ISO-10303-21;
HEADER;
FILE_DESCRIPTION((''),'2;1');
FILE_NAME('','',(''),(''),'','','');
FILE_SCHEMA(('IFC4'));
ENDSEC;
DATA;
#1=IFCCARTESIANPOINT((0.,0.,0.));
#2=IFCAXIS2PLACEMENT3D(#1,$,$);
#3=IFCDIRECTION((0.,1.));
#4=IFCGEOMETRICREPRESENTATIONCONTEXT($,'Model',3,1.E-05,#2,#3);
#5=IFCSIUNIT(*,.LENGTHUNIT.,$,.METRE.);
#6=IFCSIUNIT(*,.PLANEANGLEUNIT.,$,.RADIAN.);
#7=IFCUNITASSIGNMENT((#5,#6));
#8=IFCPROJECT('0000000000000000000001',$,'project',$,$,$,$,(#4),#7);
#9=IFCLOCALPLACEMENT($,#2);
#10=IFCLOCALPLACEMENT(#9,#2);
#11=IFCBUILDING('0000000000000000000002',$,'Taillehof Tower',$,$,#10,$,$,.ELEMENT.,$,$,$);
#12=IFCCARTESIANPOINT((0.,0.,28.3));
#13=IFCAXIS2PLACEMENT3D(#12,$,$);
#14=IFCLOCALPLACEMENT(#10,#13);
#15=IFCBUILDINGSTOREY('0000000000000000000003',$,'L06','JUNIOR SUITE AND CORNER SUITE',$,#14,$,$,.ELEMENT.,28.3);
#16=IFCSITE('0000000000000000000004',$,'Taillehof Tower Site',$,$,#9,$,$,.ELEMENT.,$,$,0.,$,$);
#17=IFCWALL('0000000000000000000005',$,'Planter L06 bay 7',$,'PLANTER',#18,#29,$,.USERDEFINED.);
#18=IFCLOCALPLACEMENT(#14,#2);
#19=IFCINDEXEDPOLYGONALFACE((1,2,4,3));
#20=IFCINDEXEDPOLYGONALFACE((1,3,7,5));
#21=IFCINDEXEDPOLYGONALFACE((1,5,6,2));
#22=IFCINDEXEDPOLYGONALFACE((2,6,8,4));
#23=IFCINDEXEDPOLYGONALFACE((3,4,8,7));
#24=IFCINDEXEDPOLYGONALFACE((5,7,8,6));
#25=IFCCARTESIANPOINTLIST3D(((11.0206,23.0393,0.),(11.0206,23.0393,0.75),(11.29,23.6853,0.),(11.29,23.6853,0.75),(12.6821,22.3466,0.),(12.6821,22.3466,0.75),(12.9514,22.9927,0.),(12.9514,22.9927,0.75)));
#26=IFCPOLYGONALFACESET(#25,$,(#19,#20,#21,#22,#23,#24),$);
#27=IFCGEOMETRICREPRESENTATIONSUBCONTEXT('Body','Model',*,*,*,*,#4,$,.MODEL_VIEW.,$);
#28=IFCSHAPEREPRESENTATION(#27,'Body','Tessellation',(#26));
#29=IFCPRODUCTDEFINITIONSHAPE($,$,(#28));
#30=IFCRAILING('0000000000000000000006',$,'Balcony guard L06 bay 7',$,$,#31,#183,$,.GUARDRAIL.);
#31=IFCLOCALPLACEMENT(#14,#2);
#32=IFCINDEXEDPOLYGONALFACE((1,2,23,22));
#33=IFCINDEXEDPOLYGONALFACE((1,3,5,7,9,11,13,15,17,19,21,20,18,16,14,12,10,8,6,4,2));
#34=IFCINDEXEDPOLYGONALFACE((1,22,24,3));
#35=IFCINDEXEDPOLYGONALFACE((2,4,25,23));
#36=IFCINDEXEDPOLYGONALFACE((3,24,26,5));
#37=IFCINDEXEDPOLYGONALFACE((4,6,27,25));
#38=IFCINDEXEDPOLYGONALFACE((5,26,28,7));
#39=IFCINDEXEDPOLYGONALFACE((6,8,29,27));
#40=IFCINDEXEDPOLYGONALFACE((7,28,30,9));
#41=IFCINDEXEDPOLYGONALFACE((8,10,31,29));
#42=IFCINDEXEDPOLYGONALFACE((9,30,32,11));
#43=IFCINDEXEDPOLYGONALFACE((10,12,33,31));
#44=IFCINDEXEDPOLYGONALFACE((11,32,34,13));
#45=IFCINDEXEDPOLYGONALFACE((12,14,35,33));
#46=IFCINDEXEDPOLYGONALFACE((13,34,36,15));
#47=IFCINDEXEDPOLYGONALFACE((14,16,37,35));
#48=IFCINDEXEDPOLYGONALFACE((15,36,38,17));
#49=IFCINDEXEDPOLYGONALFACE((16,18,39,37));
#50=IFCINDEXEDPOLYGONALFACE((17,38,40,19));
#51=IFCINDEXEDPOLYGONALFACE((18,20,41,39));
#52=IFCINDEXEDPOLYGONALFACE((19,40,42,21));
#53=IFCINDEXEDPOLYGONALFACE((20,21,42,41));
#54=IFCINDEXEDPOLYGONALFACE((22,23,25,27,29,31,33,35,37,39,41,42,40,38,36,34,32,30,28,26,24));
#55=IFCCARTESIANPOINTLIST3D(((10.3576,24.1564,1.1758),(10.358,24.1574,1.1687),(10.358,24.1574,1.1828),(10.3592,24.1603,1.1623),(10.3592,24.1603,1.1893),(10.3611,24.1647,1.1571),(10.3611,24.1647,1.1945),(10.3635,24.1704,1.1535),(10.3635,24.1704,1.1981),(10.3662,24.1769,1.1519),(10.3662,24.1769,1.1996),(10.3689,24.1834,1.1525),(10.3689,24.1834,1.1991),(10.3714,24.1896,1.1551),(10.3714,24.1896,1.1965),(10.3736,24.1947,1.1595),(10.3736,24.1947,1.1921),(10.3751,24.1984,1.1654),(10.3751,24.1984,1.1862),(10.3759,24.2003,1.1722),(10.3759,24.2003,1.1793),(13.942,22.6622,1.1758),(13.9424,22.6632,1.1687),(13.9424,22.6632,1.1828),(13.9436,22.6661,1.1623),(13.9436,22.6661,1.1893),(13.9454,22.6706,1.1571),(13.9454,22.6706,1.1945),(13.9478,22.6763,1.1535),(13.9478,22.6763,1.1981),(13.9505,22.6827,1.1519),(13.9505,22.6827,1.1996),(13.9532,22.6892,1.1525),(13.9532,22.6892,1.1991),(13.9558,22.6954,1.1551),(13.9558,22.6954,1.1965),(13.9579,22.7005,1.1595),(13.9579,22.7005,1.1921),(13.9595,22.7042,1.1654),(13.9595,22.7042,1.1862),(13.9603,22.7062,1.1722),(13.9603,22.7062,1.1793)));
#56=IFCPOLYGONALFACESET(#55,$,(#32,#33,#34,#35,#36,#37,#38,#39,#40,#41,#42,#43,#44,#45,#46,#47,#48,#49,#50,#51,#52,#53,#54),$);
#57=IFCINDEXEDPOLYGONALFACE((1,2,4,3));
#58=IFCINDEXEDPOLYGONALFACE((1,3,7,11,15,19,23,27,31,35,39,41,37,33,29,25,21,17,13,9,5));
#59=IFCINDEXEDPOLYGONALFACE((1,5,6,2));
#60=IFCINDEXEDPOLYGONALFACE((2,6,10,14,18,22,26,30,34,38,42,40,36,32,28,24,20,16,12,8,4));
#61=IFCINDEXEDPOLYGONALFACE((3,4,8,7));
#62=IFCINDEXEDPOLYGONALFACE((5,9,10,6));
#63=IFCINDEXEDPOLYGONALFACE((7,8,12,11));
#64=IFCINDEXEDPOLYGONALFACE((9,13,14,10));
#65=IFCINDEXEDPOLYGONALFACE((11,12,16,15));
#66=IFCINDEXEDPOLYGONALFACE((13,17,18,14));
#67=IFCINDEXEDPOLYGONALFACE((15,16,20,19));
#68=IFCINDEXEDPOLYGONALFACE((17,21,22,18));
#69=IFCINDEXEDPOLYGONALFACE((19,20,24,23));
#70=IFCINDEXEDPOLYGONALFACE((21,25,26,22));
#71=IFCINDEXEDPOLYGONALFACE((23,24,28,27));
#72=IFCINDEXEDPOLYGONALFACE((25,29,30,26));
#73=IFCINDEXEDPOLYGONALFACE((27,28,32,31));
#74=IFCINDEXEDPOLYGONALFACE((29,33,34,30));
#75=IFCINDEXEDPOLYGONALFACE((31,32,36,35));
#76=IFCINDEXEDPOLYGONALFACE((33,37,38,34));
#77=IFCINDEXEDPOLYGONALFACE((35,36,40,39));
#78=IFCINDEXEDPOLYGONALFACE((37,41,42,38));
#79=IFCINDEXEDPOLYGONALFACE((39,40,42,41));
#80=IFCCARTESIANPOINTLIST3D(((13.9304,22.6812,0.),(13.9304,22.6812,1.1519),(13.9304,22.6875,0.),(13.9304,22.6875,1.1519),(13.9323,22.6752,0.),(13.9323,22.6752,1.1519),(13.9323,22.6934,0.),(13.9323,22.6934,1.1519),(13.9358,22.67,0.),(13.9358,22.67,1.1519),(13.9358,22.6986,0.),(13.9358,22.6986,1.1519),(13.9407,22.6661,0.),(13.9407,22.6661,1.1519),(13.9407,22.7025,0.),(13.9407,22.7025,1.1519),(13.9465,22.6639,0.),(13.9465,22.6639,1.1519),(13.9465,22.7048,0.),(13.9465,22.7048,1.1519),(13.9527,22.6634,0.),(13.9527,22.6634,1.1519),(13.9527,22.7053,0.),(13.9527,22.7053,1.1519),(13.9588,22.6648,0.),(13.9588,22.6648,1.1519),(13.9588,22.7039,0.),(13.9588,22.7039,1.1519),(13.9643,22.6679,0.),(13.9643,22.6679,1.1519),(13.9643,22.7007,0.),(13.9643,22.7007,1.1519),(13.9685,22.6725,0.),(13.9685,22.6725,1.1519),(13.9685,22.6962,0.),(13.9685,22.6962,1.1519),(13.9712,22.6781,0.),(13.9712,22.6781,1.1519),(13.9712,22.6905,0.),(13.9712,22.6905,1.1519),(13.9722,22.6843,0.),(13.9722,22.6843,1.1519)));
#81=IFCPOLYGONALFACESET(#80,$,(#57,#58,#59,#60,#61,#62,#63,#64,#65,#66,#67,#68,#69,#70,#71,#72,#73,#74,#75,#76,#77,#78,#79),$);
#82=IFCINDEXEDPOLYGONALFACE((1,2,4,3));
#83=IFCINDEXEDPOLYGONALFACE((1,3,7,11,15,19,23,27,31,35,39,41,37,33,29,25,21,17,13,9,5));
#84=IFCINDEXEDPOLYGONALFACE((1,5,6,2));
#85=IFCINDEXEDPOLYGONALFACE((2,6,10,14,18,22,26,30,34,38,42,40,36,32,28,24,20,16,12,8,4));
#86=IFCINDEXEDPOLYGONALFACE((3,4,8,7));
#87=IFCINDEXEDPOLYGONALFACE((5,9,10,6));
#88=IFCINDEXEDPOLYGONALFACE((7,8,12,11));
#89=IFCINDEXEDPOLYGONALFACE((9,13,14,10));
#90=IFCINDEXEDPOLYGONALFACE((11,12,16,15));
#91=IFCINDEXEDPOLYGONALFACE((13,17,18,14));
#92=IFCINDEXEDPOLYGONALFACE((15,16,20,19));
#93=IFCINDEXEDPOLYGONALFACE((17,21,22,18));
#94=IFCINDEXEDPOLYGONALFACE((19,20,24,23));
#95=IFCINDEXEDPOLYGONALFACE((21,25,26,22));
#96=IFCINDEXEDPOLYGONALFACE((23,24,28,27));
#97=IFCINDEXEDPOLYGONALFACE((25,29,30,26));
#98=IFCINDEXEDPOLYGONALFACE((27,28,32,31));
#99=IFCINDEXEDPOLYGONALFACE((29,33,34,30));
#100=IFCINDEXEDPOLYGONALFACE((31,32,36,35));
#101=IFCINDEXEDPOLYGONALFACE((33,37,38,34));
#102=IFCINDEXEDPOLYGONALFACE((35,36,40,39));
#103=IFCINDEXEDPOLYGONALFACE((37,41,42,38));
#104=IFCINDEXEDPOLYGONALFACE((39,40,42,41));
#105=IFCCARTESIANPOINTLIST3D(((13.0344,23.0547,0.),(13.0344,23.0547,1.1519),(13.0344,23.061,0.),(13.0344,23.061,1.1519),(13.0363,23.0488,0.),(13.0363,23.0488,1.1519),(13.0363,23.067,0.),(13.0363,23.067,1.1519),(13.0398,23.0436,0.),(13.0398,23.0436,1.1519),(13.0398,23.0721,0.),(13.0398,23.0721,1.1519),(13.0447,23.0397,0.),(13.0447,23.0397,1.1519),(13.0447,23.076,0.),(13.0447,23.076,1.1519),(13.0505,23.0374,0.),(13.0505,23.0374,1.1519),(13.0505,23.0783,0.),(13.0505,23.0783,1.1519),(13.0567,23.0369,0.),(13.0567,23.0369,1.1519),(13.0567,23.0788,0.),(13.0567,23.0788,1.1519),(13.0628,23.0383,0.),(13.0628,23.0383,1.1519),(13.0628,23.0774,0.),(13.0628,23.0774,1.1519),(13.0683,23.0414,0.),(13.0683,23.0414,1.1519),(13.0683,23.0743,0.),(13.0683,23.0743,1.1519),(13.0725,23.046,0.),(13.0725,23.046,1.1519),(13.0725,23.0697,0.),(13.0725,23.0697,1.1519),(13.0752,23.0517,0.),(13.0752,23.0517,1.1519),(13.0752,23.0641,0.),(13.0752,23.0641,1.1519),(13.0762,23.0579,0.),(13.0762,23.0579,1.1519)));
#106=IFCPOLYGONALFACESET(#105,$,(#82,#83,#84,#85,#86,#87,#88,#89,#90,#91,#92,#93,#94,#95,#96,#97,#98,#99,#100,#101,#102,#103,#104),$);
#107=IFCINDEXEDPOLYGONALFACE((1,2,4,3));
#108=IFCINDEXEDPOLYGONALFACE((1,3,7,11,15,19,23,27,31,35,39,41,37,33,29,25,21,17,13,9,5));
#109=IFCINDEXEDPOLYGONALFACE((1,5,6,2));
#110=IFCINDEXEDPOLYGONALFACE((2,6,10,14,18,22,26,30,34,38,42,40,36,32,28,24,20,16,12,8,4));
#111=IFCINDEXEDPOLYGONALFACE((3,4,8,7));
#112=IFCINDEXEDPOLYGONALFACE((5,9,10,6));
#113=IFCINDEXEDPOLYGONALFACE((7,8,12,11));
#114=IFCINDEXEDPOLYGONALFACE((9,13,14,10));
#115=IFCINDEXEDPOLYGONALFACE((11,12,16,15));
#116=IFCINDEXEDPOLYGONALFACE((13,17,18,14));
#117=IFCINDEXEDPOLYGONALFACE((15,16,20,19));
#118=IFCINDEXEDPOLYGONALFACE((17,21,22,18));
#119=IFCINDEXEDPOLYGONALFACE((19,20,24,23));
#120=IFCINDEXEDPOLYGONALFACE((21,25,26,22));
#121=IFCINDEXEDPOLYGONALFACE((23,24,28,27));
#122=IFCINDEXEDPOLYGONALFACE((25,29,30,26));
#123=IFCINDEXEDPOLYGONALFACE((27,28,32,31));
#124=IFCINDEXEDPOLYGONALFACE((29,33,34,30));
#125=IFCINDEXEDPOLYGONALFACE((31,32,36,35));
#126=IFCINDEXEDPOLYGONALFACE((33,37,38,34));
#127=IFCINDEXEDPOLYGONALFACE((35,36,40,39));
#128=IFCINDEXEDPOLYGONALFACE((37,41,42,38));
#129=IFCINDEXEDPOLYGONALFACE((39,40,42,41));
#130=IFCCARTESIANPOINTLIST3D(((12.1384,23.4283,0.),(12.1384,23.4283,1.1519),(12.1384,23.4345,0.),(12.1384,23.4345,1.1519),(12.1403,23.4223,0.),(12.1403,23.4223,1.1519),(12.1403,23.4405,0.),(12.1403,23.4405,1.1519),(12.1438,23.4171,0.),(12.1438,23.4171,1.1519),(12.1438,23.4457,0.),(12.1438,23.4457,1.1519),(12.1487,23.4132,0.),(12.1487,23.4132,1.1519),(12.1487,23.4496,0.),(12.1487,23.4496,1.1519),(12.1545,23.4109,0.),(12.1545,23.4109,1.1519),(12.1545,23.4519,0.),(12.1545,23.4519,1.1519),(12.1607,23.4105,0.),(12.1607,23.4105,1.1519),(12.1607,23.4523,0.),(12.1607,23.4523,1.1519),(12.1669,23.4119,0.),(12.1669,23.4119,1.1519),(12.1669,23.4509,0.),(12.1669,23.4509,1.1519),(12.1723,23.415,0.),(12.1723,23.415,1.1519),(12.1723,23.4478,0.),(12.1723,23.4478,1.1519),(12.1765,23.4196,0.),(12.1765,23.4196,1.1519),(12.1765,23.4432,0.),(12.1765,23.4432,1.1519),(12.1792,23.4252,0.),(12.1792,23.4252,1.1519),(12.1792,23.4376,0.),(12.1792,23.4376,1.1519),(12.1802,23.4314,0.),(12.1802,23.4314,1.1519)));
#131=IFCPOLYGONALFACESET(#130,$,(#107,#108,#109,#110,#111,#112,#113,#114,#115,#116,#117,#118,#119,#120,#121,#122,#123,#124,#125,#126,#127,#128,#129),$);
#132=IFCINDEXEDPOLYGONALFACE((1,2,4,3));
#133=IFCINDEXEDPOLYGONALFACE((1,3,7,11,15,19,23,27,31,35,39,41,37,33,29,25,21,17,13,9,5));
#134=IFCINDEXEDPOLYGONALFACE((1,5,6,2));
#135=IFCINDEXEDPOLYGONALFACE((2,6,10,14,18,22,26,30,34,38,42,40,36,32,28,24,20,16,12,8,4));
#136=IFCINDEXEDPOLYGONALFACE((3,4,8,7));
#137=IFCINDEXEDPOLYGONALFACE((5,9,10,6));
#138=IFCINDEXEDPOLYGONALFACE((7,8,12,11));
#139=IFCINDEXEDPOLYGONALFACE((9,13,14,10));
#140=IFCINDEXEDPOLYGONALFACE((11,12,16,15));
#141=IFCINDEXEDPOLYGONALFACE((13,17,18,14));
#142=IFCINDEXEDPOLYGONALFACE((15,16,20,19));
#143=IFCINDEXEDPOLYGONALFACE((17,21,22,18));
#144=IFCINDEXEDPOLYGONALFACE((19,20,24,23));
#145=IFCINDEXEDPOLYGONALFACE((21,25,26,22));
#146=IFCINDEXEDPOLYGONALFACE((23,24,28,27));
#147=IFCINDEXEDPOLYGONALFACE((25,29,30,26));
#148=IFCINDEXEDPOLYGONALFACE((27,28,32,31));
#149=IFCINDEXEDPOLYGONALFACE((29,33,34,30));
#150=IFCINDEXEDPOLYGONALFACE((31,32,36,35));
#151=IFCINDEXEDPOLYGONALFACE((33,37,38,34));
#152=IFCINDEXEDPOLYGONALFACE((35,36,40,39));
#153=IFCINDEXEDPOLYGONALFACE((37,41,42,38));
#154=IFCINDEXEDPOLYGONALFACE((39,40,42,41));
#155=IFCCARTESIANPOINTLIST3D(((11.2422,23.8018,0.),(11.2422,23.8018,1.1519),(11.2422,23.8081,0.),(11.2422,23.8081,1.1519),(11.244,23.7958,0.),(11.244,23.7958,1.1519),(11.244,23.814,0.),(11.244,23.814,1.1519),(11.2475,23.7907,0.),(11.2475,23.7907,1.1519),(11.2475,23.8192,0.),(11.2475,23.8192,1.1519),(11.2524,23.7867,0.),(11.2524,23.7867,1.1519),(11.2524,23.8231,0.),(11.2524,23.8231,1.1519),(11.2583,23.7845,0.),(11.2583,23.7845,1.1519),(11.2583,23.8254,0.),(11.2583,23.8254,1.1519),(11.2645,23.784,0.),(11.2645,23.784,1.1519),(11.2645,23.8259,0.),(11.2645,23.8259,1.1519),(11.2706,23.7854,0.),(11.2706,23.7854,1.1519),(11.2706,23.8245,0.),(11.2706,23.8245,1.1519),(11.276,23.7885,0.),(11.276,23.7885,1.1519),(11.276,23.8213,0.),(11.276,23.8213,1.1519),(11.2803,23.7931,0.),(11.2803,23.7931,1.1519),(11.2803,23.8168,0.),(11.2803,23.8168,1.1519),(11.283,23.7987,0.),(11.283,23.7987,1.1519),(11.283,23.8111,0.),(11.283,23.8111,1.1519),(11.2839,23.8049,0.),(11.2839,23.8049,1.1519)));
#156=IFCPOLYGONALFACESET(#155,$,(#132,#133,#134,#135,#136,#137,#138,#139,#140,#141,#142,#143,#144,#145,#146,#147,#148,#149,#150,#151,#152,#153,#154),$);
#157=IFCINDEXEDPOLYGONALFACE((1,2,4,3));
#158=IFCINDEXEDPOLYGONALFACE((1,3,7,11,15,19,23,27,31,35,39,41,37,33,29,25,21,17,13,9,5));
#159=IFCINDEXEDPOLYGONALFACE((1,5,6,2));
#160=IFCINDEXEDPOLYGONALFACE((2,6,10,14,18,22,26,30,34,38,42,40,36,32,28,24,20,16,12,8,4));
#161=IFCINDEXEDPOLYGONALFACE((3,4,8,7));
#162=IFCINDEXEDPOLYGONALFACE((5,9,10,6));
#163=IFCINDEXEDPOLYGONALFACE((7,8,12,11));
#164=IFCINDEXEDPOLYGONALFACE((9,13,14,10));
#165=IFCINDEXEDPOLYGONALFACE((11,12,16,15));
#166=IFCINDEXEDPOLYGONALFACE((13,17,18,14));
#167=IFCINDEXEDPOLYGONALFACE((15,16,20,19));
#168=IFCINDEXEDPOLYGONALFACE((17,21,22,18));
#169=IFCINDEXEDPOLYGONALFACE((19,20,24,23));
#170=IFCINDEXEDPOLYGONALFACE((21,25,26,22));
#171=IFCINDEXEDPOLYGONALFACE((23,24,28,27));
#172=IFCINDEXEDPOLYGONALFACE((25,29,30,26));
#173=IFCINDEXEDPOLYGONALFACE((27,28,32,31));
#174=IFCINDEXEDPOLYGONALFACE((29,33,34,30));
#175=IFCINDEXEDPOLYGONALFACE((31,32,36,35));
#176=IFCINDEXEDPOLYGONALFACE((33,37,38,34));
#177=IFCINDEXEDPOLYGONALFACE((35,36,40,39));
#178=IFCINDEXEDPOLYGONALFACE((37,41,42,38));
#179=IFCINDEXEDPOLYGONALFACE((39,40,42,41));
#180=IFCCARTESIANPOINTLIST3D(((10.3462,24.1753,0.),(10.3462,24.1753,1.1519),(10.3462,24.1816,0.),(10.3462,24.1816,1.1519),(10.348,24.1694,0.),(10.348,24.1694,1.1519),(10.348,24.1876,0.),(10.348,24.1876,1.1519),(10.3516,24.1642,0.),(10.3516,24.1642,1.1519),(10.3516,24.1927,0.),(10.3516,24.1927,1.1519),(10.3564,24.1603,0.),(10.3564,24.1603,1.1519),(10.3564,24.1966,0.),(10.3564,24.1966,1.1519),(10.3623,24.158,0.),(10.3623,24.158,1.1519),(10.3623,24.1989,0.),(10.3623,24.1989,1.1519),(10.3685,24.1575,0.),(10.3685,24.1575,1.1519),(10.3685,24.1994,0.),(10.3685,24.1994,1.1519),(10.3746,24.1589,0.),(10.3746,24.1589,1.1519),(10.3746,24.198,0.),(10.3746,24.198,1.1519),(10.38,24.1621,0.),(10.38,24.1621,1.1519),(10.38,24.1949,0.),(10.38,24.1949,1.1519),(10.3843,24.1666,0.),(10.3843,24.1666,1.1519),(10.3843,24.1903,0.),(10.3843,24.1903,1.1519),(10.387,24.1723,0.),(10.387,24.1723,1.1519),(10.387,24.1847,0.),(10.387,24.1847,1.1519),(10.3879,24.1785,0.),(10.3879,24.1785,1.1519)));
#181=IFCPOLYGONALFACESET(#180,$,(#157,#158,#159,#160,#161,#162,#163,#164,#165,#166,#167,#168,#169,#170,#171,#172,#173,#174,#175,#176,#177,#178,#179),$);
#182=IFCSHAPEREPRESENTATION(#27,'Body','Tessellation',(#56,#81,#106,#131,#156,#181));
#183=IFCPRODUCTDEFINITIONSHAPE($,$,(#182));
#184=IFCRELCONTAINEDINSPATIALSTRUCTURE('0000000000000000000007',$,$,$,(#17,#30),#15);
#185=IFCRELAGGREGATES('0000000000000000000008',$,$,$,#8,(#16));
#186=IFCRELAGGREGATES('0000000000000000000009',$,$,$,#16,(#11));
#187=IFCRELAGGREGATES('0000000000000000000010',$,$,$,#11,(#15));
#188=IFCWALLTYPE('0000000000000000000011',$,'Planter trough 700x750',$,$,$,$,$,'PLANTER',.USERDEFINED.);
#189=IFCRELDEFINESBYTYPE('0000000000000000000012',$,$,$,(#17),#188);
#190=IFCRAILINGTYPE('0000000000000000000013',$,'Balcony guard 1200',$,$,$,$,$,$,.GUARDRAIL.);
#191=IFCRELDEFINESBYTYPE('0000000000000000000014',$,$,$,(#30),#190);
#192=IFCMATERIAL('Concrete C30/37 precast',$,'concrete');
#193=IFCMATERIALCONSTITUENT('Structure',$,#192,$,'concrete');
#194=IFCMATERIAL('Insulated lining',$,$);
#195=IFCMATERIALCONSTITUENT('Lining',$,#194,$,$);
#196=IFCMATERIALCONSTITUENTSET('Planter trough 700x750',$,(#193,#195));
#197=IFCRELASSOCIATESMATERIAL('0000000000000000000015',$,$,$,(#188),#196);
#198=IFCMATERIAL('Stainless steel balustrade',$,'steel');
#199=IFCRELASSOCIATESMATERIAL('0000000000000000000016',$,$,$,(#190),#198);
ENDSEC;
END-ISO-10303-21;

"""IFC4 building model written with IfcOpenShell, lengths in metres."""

from ifc_helpers import new_model, si_unit, direction, frame, frame_2d, origin, origin_2d, place, context, subcontext, project, spatial, rectangle, circle, extrude, material, constituent, constituent_set, type_object, element, save


model = new_model("IFC4")

# Units and contexts
model_context = context("Model", 3, precision=1e-05, world=origin(), true_north=direction((0.0, 1.0)))
body_context = subcontext(model_context, "Body", "Model", "MODEL_VIEW")
ifc_project = project(units=[si_unit("LENGTHUNIT", "METRE"), si_unit("PLANEANGLEUNIT", "RADIAN")], contexts=[model_context])

# Site, building, storey
site_placement = place(None, origin())
site = spatial("IfcSite", under=ifc_project, at=site_placement, Name="Taillehof Tower Site", CompositionType="ELEMENT", RefElevation=0.0)
building_placement = place(site_placement, origin())
building = spatial("IfcBuilding", under=site, at=building_placement, Name="Taillehof Tower", CompositionType="ELEMENT")
storey_placement = place(building_placement, frame((0.0, 0.0, 28.3)))
storey = spatial("IfcBuildingStorey", under=building, at=storey_placement, Name="L06", Description="JUNIOR SUITE AND CORNER SUITE", CompositionType="ELEMENT", Elevation=28.3)

# Wall
ifc_material_1 = material(Name="Concrete C30/37 precast", Category="concrete")
ifc_constituent_1 = constituent(ifc_material_1, Name="Structure", Category="concrete")
ifc_material_2 = material(Name="Insulated lining")
ifc_constituent_2 = constituent(ifc_material_2, Name="Lining")
ifc_constituent_set = constituent_set(constituents=[ifc_constituent_1, ifc_constituent_2], Name="Planter trough 700x750")
wall_type_1 = type_object("IfcWallType", Name="Planter trough 700x750", ElementType="PLANTER", PredefinedType="USERDEFINED", material=ifc_constituent_set)
wall_1_placement = place(storey_placement, frame((12.8167, 22.6697, 0.0), z_axis=(0.0, 0.0, 1.0), x_axis=(-0.923001, 0.384798, 0.0)))
element("IfcWall", 1, at=wall_1_placement, inside=storey, type_object=wall_type_1, Name="Planter L06 bay 7", ObjectType="PLANTER", PredefinedType="USERDEFINED", context=body_context, shape_type="SweptSolid", body=[
    extrude(rectangle(XDim=1.8, YDim=0.7, at=frame_2d((0.8999, 0.0))), origin(), (0.0, 0.0, 1.0), 0.75),
])

# Railing
ifc_material_3 = material(Name="Stainless steel balustrade", Category="steel")
railing_type = type_object("IfcRailingType", Name="Balcony guard 1200", PredefinedType="GUARDRAIL", material=ifc_material_3)
railing_placement = place(storey_placement, frame((13.9512, 22.6843, 0.0)))
element("IfcRailing", 2, at=railing_placement, inside=storey, type_object=railing_type, Name="Balcony guard L06 bay 7", PredefinedType="GUARDRAIL", context=body_context, shape_type="SweptSolid", body=[
    extrude(circle(Radius=0.0239, at=origin_2d()), frame((0.0, 0.0, 1.1758), z_axis=(-0.923012, 0.384772, 0.0), x_axis=(-0.384772, -0.923012, 0.0)), (0.0, 0.0, 1.0), 3.8833),
    extrude(circle(Radius=0.021, at=origin_2d()), origin(), (0.0, 0.0, 1.0), 1.1519),
    extrude(circle(Radius=0.021, at=origin_2d()), frame((-0.896, 0.3735, 0.0)), (0.0, 0.0, 1.0), 1.1519),
    extrude(circle(Radius=0.021, at=origin_2d()), frame((-1.792, 0.7471, 0.0)), (0.0, 0.0, 1.0), 1.1519),
    extrude(circle(Radius=0.021, at=origin_2d()), frame((-2.6882, 1.1206, 0.0)), (0.0, 0.0, 1.0), 1.1519),
    extrude(circle(Radius=0.021, at=origin_2d()), frame((-3.5842, 1.4941, 0.0)), (0.0, 0.0, 1.0), 1.1519),
])

save(model, "model.ifc")
